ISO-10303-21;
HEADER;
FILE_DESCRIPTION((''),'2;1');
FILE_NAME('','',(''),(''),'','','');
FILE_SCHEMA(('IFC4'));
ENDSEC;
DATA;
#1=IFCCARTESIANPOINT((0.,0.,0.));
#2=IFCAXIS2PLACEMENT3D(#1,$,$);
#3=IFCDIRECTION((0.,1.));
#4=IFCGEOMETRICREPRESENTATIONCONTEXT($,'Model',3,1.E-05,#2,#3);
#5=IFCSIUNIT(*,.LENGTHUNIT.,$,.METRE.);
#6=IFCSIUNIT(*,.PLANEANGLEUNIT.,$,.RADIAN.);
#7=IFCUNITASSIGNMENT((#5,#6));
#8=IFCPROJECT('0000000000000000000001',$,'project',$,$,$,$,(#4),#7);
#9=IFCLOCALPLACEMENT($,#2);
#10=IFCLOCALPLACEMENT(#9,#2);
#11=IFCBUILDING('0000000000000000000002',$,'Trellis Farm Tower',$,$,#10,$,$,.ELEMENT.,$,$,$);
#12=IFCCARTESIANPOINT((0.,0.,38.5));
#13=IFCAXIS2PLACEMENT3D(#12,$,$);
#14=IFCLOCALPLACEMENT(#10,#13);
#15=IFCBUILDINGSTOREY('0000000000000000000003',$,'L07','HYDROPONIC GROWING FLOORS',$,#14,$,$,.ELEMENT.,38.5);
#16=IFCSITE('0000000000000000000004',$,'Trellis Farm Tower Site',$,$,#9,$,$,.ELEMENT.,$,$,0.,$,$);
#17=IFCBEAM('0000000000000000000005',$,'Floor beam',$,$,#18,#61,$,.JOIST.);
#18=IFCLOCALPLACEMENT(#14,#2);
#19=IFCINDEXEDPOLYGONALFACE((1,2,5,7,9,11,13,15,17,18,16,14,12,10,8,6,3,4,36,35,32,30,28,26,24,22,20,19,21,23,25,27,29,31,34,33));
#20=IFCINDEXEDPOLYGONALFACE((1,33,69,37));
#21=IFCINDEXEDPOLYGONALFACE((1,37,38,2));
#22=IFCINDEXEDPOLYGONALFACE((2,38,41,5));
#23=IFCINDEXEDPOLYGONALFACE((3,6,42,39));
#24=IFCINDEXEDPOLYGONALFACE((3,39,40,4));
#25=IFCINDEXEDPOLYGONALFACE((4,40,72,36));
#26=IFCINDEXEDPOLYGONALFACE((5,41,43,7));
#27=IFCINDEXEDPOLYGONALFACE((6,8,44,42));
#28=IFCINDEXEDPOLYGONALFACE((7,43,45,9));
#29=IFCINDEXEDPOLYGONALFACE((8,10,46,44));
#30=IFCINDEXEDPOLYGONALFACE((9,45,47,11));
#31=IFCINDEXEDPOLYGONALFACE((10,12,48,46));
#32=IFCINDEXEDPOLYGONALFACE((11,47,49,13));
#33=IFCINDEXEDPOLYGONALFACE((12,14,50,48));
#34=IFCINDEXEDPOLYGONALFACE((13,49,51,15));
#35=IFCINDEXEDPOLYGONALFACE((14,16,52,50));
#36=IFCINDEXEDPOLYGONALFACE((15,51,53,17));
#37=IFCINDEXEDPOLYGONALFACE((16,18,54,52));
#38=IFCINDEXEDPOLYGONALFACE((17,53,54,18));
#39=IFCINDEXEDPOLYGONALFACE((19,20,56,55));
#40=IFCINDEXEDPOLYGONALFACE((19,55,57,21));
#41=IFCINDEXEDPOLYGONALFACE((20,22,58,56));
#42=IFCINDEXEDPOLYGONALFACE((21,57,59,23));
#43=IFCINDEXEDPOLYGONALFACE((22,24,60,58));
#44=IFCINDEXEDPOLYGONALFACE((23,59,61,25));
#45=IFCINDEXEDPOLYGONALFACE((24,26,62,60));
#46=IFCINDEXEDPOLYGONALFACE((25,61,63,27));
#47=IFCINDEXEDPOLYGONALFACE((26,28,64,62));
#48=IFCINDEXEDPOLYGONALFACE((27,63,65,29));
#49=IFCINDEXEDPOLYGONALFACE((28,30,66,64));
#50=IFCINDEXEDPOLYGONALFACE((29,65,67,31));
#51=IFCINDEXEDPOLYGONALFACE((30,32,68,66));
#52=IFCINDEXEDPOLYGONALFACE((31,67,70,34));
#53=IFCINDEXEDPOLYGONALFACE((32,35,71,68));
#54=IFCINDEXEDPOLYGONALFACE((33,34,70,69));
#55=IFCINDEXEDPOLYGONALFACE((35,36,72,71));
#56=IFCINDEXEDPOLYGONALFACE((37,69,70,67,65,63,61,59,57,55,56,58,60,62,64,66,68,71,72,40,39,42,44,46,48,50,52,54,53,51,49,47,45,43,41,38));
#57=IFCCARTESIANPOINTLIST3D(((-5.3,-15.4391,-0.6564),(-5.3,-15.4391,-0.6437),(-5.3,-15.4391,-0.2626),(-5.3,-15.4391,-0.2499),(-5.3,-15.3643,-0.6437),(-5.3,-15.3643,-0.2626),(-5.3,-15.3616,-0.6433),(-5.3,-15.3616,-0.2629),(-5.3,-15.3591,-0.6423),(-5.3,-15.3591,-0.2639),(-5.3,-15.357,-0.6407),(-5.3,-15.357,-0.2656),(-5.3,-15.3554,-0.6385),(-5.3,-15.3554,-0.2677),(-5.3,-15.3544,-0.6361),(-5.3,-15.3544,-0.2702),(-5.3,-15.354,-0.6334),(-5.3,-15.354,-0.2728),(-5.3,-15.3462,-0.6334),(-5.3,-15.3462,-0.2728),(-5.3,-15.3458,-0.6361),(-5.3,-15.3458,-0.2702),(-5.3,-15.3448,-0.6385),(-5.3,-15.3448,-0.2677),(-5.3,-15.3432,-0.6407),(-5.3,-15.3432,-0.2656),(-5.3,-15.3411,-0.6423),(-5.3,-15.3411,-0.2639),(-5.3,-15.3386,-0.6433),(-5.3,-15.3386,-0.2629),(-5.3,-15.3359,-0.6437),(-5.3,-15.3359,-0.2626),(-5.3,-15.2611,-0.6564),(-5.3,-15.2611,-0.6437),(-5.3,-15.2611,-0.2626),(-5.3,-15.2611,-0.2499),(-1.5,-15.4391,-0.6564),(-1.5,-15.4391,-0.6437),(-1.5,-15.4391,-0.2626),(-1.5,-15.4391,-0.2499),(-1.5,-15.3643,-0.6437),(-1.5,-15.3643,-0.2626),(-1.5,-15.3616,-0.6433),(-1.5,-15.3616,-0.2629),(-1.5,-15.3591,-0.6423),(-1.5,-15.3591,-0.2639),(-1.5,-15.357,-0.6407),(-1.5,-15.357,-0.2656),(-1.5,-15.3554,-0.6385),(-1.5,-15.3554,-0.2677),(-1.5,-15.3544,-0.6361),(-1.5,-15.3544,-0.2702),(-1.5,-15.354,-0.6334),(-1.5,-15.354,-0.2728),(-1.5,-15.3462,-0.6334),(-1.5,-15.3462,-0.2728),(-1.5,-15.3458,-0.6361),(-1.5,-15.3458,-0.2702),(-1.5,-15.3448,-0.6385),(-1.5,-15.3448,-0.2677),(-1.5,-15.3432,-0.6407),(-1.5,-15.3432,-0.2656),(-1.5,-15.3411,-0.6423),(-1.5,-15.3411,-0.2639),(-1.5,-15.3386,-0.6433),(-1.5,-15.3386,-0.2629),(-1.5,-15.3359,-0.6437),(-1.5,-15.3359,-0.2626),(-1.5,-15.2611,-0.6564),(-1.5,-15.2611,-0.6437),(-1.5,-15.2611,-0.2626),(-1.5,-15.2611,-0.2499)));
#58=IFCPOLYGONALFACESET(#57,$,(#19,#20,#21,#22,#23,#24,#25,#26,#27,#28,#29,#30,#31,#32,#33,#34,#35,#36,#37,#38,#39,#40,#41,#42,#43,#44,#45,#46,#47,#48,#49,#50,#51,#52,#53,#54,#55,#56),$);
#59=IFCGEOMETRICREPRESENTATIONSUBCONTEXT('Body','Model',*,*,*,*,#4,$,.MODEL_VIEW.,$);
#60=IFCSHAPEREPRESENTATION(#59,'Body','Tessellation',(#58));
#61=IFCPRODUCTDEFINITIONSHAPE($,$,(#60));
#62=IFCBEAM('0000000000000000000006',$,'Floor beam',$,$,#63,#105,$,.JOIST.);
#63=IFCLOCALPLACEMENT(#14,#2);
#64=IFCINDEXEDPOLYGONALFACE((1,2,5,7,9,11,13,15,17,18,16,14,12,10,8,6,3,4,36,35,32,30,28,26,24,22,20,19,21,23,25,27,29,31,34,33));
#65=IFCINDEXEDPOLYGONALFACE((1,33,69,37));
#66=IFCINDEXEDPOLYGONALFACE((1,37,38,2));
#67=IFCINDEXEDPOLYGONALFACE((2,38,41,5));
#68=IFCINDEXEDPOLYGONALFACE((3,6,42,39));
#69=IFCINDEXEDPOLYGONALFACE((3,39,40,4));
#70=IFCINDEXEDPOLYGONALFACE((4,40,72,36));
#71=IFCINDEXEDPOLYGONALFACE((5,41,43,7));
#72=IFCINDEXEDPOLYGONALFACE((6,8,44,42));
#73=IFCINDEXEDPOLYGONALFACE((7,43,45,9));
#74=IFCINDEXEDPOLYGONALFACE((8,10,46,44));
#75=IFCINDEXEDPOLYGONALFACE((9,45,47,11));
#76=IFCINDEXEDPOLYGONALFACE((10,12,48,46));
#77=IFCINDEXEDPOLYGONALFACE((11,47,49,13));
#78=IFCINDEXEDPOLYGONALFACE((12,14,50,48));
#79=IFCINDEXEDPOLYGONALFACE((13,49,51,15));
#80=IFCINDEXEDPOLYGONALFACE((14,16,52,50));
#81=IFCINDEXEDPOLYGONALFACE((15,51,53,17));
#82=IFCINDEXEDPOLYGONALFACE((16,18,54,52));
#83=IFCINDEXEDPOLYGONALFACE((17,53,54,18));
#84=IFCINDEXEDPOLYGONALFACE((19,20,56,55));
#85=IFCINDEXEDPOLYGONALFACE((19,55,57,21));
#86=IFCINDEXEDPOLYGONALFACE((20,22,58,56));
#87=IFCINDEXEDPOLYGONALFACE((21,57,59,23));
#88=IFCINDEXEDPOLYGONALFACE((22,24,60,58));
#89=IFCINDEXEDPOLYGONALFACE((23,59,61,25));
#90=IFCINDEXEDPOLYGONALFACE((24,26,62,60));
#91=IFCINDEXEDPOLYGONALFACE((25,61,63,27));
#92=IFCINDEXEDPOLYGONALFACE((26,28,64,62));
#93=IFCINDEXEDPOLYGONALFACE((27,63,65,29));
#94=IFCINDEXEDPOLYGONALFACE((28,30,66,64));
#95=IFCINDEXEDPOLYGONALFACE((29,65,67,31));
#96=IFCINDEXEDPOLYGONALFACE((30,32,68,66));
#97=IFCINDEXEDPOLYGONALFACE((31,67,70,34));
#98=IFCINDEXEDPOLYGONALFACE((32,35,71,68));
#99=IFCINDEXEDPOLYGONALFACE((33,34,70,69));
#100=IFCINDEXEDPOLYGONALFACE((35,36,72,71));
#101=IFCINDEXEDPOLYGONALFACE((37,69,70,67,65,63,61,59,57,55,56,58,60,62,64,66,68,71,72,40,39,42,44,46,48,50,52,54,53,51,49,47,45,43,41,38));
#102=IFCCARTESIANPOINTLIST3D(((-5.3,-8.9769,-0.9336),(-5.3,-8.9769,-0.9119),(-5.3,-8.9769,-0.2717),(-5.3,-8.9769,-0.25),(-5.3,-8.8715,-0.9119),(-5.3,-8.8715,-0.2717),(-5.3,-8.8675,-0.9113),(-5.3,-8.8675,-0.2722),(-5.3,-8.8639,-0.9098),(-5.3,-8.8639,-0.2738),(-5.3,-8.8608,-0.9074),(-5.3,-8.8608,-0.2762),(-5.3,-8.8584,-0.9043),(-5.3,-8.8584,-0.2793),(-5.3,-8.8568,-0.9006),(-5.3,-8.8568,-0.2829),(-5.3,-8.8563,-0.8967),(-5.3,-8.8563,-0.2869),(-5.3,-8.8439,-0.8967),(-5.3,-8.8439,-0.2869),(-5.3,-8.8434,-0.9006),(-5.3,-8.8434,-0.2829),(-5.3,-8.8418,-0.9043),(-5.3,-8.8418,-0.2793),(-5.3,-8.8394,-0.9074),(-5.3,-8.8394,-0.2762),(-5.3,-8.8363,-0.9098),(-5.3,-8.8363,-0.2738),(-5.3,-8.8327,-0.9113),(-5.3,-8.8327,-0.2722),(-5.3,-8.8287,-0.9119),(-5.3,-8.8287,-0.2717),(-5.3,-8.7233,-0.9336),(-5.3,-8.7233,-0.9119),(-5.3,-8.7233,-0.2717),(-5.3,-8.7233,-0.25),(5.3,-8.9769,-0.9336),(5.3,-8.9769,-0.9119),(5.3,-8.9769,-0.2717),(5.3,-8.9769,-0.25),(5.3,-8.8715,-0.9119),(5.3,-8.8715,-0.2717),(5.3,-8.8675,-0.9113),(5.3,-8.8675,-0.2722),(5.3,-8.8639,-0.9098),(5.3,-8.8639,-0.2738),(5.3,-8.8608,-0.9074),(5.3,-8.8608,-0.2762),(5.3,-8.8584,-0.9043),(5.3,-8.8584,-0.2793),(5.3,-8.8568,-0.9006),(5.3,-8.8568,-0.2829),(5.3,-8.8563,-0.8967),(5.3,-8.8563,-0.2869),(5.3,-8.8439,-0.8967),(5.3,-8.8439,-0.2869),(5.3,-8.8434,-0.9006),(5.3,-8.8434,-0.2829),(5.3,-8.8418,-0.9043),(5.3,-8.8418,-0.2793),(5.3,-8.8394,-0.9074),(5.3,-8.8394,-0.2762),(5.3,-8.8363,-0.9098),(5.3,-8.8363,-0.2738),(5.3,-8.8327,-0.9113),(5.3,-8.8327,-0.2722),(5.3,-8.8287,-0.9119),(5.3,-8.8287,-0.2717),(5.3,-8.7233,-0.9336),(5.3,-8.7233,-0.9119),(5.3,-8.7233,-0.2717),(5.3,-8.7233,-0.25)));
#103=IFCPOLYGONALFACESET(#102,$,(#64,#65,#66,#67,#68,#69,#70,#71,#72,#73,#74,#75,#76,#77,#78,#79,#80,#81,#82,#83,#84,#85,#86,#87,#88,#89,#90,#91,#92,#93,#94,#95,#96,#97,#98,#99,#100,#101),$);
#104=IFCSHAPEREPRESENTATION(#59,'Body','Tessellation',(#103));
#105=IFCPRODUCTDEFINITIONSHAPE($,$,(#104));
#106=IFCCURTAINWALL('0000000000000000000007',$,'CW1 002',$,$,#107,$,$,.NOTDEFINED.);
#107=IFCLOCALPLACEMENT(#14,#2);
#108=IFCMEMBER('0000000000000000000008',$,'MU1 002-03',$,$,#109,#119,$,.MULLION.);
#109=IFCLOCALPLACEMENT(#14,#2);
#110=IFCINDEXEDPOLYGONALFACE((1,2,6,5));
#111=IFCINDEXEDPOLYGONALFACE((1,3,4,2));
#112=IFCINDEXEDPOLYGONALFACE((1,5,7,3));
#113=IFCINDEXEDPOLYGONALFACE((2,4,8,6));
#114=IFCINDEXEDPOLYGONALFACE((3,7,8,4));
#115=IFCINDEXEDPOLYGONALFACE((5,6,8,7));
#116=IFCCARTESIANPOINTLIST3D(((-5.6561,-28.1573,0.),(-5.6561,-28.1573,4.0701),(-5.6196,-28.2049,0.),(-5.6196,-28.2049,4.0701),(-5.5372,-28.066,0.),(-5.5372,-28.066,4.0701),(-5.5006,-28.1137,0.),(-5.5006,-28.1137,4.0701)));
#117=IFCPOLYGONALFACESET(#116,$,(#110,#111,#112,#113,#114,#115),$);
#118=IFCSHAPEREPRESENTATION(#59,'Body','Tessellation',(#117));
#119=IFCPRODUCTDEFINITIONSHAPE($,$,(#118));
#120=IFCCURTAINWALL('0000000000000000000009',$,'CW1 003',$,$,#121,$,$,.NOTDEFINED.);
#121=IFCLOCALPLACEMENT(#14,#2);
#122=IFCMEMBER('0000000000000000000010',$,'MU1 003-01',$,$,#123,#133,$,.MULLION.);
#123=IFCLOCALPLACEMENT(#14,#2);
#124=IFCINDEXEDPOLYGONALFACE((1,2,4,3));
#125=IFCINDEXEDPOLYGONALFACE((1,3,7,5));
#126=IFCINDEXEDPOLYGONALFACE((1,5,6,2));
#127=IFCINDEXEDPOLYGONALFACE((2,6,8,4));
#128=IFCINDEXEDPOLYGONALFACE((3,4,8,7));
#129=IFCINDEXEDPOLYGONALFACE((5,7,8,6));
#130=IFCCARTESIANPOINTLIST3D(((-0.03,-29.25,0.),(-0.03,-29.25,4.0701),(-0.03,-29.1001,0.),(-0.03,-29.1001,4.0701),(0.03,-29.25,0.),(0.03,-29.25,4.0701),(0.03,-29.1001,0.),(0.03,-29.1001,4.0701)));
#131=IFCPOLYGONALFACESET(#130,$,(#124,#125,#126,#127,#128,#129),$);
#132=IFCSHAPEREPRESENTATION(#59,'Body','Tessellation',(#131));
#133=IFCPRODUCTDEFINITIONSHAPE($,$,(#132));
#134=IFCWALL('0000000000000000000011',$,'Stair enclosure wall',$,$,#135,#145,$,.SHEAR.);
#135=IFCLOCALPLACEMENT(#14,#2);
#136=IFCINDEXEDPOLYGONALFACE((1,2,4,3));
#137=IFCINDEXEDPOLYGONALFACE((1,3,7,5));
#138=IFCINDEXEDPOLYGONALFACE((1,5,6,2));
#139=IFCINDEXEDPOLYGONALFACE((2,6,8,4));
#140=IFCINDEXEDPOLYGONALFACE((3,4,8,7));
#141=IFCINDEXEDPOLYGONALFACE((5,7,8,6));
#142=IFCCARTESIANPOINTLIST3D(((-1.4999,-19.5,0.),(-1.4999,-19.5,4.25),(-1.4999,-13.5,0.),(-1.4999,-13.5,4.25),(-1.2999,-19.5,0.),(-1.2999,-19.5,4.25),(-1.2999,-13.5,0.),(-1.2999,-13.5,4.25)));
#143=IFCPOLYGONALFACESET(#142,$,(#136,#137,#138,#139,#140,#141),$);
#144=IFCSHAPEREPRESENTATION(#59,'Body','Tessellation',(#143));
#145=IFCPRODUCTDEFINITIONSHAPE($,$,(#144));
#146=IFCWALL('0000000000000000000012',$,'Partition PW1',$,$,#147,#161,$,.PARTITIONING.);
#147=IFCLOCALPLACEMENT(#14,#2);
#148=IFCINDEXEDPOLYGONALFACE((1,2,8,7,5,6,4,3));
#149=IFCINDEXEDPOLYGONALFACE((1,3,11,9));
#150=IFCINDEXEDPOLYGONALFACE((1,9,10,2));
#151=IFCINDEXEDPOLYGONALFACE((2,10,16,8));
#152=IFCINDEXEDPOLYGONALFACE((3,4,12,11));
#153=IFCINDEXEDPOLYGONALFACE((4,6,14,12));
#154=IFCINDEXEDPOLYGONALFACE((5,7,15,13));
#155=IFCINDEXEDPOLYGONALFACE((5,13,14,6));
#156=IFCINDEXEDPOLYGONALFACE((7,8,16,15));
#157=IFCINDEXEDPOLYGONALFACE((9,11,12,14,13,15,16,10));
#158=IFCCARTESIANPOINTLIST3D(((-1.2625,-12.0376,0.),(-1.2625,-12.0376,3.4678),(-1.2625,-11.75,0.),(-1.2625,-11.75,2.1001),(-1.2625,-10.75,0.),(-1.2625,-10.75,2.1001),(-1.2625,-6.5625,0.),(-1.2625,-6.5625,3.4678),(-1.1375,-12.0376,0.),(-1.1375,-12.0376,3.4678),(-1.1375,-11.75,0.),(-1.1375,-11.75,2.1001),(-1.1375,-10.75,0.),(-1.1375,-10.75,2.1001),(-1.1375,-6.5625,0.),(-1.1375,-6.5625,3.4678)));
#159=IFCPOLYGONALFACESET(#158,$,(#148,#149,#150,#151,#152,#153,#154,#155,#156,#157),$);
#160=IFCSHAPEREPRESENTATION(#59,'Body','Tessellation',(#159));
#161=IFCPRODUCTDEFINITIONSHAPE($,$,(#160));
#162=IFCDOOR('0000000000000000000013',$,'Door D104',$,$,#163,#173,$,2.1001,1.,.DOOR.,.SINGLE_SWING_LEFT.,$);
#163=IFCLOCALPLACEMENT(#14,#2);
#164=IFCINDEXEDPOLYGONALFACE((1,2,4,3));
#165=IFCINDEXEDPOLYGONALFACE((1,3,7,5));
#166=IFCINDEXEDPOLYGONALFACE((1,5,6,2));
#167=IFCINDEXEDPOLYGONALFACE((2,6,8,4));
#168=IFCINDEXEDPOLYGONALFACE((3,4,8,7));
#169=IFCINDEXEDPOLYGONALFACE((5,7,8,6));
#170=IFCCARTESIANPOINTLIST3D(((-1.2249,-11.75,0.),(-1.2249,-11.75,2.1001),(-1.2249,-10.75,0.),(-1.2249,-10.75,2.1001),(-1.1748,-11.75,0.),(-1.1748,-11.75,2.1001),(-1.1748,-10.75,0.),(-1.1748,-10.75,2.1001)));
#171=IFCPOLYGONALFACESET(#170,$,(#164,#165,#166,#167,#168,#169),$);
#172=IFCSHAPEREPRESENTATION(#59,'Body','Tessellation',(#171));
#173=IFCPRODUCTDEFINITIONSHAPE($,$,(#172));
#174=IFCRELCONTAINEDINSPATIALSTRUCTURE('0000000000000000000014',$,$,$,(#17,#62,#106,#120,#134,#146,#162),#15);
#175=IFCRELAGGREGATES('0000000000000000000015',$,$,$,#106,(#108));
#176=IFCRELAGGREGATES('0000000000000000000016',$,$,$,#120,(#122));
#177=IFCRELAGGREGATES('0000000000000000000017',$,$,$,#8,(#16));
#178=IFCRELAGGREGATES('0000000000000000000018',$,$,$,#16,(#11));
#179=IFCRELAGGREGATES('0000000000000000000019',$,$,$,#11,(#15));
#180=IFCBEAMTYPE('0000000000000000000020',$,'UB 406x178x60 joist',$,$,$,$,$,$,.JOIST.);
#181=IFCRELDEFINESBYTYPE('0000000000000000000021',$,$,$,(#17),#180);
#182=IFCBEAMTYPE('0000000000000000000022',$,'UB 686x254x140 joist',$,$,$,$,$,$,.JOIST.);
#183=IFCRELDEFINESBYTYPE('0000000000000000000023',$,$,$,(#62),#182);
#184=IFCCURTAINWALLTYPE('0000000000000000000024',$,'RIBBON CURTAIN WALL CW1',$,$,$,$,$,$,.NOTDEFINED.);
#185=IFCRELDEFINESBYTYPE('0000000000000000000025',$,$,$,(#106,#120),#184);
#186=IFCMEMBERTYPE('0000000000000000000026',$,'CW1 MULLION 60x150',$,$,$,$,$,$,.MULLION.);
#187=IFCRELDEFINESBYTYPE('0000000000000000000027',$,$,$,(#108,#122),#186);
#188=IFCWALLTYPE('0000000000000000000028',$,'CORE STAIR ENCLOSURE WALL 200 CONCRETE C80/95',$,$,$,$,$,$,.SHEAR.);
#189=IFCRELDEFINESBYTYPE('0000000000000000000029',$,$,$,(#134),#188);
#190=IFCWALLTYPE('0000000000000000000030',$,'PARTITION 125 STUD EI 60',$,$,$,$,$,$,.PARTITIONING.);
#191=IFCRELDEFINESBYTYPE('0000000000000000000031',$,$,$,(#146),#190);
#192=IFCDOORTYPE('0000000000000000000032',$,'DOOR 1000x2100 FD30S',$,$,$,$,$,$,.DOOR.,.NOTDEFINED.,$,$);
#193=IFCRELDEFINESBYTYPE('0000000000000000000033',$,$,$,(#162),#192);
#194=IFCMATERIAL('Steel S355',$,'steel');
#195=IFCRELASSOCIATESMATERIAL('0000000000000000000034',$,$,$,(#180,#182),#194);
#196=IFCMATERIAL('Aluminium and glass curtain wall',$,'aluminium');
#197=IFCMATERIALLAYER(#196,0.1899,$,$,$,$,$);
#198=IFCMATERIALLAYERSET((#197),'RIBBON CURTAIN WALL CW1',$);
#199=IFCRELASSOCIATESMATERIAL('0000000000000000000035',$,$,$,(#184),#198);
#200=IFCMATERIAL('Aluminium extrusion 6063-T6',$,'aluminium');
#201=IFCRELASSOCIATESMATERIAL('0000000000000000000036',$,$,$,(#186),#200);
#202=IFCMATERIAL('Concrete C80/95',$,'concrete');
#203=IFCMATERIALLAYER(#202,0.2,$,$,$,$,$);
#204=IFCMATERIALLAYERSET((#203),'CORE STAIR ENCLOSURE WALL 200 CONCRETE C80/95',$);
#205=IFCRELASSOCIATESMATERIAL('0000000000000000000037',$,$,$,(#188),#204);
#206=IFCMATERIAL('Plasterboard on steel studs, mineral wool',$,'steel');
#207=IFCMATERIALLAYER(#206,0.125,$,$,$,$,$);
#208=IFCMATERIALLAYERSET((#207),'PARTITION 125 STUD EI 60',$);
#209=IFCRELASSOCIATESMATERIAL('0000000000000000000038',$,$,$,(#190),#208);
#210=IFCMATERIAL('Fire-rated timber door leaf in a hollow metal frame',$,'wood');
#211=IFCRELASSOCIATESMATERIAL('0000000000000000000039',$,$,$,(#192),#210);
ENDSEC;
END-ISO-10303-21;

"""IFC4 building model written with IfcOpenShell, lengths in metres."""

from ifc_helpers import new_model, si_unit, direction, frame, frame_2d, origin, origin_2d, place, context, subcontext, project, spatial, rectangle, i_section, extrude, source, transform, mapped, material, layer, layer_set, material_profile, profile_set, type_object, element, fill, aggregate, save


model = new_model("IFC4")

# Units and contexts
model_context = context("Model", 3, precision=1e-05, world=origin(), true_north=direction((0.0, 1.0)))
body_context = subcontext(model_context, "Body", "Model", "MODEL_VIEW")
ifc_project = project(units=[si_unit("LENGTHUNIT", "METRE"), si_unit("PLANEANGLEUNIT", "RADIAN")], contexts=[model_context])

# Site, building, storey
site_placement = place(None, origin())
site = spatial("IfcSite", under=ifc_project, at=site_placement, Name="Trellis Farm Tower Site", CompositionType="ELEMENT", RefElevation=0.0)
building_placement = place(site_placement, origin())
building = spatial("IfcBuilding", under=site, at=building_placement, Name="Trellis Farm Tower", CompositionType="ELEMENT")
storey_placement = place(building_placement, frame((0.0, 0.0, 38.5)))
storey = spatial("IfcBuildingStorey", under=building, at=storey_placement, Name="L07", Description="HYDROPONIC GROWING FLOORS", CompositionType="ELEMENT", Elevation=38.5)

# Shared definitions
ifc_material_1 = material(Name="Concrete C80/95", Category="concrete")

# Beams
ifc_material_2 = material(Name="Steel S355", Category="steel")
ifc_material_profile_1 = material_profile(ifc_material_2, i_section(OverallWidth=0.178, OverallDepth=0.4065, WebThickness=0.0078, FlangeThickness=0.0127, FilletRadius=0.0103, at=origin_2d()), Name="UB 406x178x60")
ifc_profile_set_1 = profile_set([ifc_material_profile_1], Name="Steel S355")
beam_type_1 = type_object("IfcBeamType", Name="UB 406x178x60 joist", PredefinedType="JOIST", material=ifc_profile_set_1)
shared_shape_1 = source(origin(), body_context, "Body", "SweptSolid", [
    extrude(i_section(OverallWidth=0.178, OverallDepth=0.4065, WebThickness=0.0078, FlangeThickness=0.0127, FilletRadius=0.0103, at=origin_2d()), origin(), (0.0, 0.0, 1.0), 3.8),
])
beam_1_placement = place(storey_placement, frame((-5.3, -15.3501, -0.4531), z_axis=(1.0, 0.0, 0.0), x_axis=(0.0, 1.0, 0.0)))
element("IfcBeam", 1, at=beam_1_placement, inside=storey, type_object=beam_type_1, Name="Floor beam", PredefinedType="JOIST", context=body_context, shape_type="MappedRepresentation", body=[
    mapped(shared_shape_1, transform((0.0, 0.0, 0.0))),
])
ifc_material_profile_2 = material_profile(ifc_material_2, i_section(OverallWidth=0.2537, OverallDepth=0.6836, WebThickness=0.0125, FlangeThickness=0.0217, FilletRadius=0.0151, at=origin_2d()), Name="UB 686x254x140")
ifc_profile_set_2 = profile_set([ifc_material_profile_2], Name="Steel S355")
beam_type_2 = type_object("IfcBeamType", Name="UB 686x254x140 joist", PredefinedType="JOIST", material=ifc_profile_set_2)
shared_shape_2 = source(origin(), body_context, "Body", "SweptSolid", [
    extrude(i_section(OverallWidth=0.2537, OverallDepth=0.6836, WebThickness=0.0125, FlangeThickness=0.0217, FilletRadius=0.0151, at=origin_2d()), origin(), (0.0, 0.0, 1.0), 10.6001),
])
beam_2_placement = place(storey_placement, frame((-5.3, -8.8501, -0.5918), z_axis=(1.0, 0.0, 0.0), x_axis=(0.0, 1.0, 0.0)))
element("IfcBeam", 2, at=beam_2_placement, inside=storey, type_object=beam_type_2, Name="Floor beam", PredefinedType="JOIST", context=body_context, shape_type="MappedRepresentation", body=[
    mapped(shared_shape_2, transform((0.0, 0.0, 0.0))),
])

# Curtain walls, members
ifc_material_3 = material(Name="Aluminium and glass curtain wall", Category="aluminium")
ifc_layer_1 = layer(ifc_material_3, 0.1899)
ifc_layer_set_1 = layer_set([ifc_layer_1], Name="RIBBON CURTAIN WALL CW1")
curtain_wall_type = type_object("IfcCurtainWallType", Name="RIBBON CURTAIN WALL CW1", PredefinedType="NOTDEFINED", material=ifc_layer_set_1)
placement = place(storey_placement, origin())
curtain_wall_1 = element("IfcCurtainWall", 3, at=placement, inside=storey, type_object=curtain_wall_type, Name="CW1 002", PredefinedType="NOTDEFINED")
ifc_material_4 = material(Name="Aluminium extrusion 6063-T6", Category="aluminium")
ifc_material_profile_3 = material_profile(ifc_material_4, rectangle(XDim=0.0601, YDim=0.1499, at=origin_2d()), Name="MULLION 60x150")
ifc_profile_set_3 = profile_set([ifc_material_profile_3], Name="Aluminium extrusion 6063-T6")
member_type = type_object("IfcMemberType", Name="CW1 MULLION 60x150", PredefinedType="MULLION", material=ifc_profile_set_3)
shared_shape_3 = source(origin(), body_context, "Body", "SweptSolid", [
    extrude(rectangle(XDim=0.0601, YDim=0.1499, at=origin_2d()), origin(), (0.0, 0.0, 1.0), 4.0701),
])
member_1_placement = place(storey_placement, frame((-5.5784, -28.1355, 0.0), z_axis=(0.0, 0.0, 1.0), x_axis=(0.608761, -0.793353, 0.0)))
member_1 = element("IfcMember", 4, at=member_1_placement, type_object=member_type, Name="MU1 002-03", PredefinedType="MULLION", context=body_context, shape_type="MappedRepresentation", body=[
    mapped(shared_shape_3, transform((0.0, 0.0, 0.0))),
])
aggregate(curtain_wall_1, [member_1])
curtain_wall_2 = element("IfcCurtainWall", 5, at=placement, inside=storey, type_object=curtain_wall_type, Name="CW1 003", PredefinedType="NOTDEFINED")
member_2_placement = place(storey_placement, frame((0.0, -29.175, 0.0), z_axis=(0.0, 0.0, 1.0), x_axis=(1.0, 0.0, 0.0)))
member_2 = element("IfcMember", 6, at=member_2_placement, type_object=member_type, Name="MU1 003-01", PredefinedType="MULLION", context=body_context, shape_type="MappedRepresentation", body=[
    mapped(shared_shape_3, transform((0.0, 0.0, 0.0))),
])
aggregate(curtain_wall_2, [member_2])

# Wall
ifc_layer_2 = layer(ifc_material_1, 0.2)
ifc_layer_set_2 = layer_set([ifc_layer_2], Name="CORE STAIR ENCLOSURE WALL 200 CONCRETE C80/95")
wall_type_1 = type_object("IfcWallType", Name="CORE STAIR ENCLOSURE WALL 200 CONCRETE C80/95", PredefinedType="SHEAR", material=ifc_layer_set_2)
shared_shape_4 = source(origin(), body_context, "Body", "SweptSolid", [
    extrude(rectangle(XDim=6.0, YDim=0.2, at=frame_2d((3.0, 0.0))), origin(), (0.0, 0.0, 1.0), 4.25),
])
wall_1_placement = place(storey_placement, frame((-1.3999, -13.5, 0.0), z_axis=(0.0, 0.0, 1.0), x_axis=(0.0, -1.0, 0.0)))
element("IfcWall", 7, at=wall_1_placement, inside=storey, type_object=wall_type_1, Name="Stair enclosure wall", PredefinedType="SHEAR", context=body_context, shape_type="MappedRepresentation", body=[
    mapped(shared_shape_4, transform((0.0, 0.0, 0.0))),
])

# Wall, opening, door
ifc_material_5 = material(Name="Plasterboard on steel studs, mineral wool", Category="steel")
ifc_layer_3 = layer(ifc_material_5, 0.125)
ifc_layer_set_3 = layer_set([ifc_layer_3], Name="PARTITION 125 STUD EI 60")
wall_type_2 = type_object("IfcWallType", Name="PARTITION 125 STUD EI 60", PredefinedType="PARTITIONING", material=ifc_layer_set_3)
shared_shape_5 = source(origin(), body_context, "Body", "SweptSolid", [
    extrude(rectangle(XDim=5.4751, YDim=0.125, at=frame_2d((2.7375, 0.0))), origin(), (0.0, 0.0, 1.0), 3.4678),
])
wall_2_placement = place(storey_placement, frame((-1.2, -12.0376, 0.0), z_axis=(0.0, 0.0, 1.0), x_axis=(0.0, 1.0, 0.0)))
wall_2 = element("IfcWall", 8, at=wall_2_placement, inside=storey, type_object=wall_type_2, Name="Partition PW1", PredefinedType="PARTITIONING", context=body_context, shape_type="MappedRepresentation", body=[
    mapped(shared_shape_5, transform((0.0, 0.0, 0.0))),
])
shared_shape_6 = source(origin(), body_context, "Body", "SweptSolid", [
    extrude(rectangle(XDim=1.0, YDim=2.1001, at=frame_2d((0.5, 1.05))), frame((0.0, 0.0725, 0.0), z_axis=(0.0, -1.0, 0.0), x_axis=(1.0, 0.0, 0.0)), (0.0, 0.0, 1.0), 0.145),
])
opening_1_placement = place(wall_2_placement, frame((0.2876, 0.0, 0.0)))
opening_1 = element("IfcOpeningElement", 9, at=opening_1_placement, cuts=wall_2, PredefinedType="OPENING", context=body_context, shape_type="MappedRepresentation", body=[
    mapped(shared_shape_6, transform((0.0, 0.0, 0.0))),
])
ifc_material_6 = material(Name="Fire-rated timber door leaf in a hollow metal frame", Category="wood")
door_type = type_object("IfcDoorType", Name="DOOR 1000x2100 FD30S", OperationType="NOTDEFINED", PredefinedType="DOOR", material=ifc_material_6)
shared_shape_7 = source(origin(), body_context, "Body", "SweptSolid", [
    extrude(rectangle(XDim=1.0, YDim=2.1001, at=frame_2d((0.5, 1.05))), frame((0.0, 0.0249, 0.0), z_axis=(0.0, -1.0, 0.0), x_axis=(1.0, 0.0, 0.0)), (0.0, 0.0, 1.0), 0.05),
])
door_1_placement = place(opening_1_placement, origin())
door_1 = element("IfcDoor", 10, at=door_1_placement, inside=storey, type_object=door_type, Name="Door D104", OperationType="SINGLE_SWING_LEFT", OverallHeight=2.1001, OverallWidth=1.0, PredefinedType="DOOR", context=body_context, shape_type="MappedRepresentation", body=[
    mapped(shared_shape_7, transform((0.0, 0.0, 0.0))),
])
fill(opening_1, door_1)

save(model, "model.ifc")
